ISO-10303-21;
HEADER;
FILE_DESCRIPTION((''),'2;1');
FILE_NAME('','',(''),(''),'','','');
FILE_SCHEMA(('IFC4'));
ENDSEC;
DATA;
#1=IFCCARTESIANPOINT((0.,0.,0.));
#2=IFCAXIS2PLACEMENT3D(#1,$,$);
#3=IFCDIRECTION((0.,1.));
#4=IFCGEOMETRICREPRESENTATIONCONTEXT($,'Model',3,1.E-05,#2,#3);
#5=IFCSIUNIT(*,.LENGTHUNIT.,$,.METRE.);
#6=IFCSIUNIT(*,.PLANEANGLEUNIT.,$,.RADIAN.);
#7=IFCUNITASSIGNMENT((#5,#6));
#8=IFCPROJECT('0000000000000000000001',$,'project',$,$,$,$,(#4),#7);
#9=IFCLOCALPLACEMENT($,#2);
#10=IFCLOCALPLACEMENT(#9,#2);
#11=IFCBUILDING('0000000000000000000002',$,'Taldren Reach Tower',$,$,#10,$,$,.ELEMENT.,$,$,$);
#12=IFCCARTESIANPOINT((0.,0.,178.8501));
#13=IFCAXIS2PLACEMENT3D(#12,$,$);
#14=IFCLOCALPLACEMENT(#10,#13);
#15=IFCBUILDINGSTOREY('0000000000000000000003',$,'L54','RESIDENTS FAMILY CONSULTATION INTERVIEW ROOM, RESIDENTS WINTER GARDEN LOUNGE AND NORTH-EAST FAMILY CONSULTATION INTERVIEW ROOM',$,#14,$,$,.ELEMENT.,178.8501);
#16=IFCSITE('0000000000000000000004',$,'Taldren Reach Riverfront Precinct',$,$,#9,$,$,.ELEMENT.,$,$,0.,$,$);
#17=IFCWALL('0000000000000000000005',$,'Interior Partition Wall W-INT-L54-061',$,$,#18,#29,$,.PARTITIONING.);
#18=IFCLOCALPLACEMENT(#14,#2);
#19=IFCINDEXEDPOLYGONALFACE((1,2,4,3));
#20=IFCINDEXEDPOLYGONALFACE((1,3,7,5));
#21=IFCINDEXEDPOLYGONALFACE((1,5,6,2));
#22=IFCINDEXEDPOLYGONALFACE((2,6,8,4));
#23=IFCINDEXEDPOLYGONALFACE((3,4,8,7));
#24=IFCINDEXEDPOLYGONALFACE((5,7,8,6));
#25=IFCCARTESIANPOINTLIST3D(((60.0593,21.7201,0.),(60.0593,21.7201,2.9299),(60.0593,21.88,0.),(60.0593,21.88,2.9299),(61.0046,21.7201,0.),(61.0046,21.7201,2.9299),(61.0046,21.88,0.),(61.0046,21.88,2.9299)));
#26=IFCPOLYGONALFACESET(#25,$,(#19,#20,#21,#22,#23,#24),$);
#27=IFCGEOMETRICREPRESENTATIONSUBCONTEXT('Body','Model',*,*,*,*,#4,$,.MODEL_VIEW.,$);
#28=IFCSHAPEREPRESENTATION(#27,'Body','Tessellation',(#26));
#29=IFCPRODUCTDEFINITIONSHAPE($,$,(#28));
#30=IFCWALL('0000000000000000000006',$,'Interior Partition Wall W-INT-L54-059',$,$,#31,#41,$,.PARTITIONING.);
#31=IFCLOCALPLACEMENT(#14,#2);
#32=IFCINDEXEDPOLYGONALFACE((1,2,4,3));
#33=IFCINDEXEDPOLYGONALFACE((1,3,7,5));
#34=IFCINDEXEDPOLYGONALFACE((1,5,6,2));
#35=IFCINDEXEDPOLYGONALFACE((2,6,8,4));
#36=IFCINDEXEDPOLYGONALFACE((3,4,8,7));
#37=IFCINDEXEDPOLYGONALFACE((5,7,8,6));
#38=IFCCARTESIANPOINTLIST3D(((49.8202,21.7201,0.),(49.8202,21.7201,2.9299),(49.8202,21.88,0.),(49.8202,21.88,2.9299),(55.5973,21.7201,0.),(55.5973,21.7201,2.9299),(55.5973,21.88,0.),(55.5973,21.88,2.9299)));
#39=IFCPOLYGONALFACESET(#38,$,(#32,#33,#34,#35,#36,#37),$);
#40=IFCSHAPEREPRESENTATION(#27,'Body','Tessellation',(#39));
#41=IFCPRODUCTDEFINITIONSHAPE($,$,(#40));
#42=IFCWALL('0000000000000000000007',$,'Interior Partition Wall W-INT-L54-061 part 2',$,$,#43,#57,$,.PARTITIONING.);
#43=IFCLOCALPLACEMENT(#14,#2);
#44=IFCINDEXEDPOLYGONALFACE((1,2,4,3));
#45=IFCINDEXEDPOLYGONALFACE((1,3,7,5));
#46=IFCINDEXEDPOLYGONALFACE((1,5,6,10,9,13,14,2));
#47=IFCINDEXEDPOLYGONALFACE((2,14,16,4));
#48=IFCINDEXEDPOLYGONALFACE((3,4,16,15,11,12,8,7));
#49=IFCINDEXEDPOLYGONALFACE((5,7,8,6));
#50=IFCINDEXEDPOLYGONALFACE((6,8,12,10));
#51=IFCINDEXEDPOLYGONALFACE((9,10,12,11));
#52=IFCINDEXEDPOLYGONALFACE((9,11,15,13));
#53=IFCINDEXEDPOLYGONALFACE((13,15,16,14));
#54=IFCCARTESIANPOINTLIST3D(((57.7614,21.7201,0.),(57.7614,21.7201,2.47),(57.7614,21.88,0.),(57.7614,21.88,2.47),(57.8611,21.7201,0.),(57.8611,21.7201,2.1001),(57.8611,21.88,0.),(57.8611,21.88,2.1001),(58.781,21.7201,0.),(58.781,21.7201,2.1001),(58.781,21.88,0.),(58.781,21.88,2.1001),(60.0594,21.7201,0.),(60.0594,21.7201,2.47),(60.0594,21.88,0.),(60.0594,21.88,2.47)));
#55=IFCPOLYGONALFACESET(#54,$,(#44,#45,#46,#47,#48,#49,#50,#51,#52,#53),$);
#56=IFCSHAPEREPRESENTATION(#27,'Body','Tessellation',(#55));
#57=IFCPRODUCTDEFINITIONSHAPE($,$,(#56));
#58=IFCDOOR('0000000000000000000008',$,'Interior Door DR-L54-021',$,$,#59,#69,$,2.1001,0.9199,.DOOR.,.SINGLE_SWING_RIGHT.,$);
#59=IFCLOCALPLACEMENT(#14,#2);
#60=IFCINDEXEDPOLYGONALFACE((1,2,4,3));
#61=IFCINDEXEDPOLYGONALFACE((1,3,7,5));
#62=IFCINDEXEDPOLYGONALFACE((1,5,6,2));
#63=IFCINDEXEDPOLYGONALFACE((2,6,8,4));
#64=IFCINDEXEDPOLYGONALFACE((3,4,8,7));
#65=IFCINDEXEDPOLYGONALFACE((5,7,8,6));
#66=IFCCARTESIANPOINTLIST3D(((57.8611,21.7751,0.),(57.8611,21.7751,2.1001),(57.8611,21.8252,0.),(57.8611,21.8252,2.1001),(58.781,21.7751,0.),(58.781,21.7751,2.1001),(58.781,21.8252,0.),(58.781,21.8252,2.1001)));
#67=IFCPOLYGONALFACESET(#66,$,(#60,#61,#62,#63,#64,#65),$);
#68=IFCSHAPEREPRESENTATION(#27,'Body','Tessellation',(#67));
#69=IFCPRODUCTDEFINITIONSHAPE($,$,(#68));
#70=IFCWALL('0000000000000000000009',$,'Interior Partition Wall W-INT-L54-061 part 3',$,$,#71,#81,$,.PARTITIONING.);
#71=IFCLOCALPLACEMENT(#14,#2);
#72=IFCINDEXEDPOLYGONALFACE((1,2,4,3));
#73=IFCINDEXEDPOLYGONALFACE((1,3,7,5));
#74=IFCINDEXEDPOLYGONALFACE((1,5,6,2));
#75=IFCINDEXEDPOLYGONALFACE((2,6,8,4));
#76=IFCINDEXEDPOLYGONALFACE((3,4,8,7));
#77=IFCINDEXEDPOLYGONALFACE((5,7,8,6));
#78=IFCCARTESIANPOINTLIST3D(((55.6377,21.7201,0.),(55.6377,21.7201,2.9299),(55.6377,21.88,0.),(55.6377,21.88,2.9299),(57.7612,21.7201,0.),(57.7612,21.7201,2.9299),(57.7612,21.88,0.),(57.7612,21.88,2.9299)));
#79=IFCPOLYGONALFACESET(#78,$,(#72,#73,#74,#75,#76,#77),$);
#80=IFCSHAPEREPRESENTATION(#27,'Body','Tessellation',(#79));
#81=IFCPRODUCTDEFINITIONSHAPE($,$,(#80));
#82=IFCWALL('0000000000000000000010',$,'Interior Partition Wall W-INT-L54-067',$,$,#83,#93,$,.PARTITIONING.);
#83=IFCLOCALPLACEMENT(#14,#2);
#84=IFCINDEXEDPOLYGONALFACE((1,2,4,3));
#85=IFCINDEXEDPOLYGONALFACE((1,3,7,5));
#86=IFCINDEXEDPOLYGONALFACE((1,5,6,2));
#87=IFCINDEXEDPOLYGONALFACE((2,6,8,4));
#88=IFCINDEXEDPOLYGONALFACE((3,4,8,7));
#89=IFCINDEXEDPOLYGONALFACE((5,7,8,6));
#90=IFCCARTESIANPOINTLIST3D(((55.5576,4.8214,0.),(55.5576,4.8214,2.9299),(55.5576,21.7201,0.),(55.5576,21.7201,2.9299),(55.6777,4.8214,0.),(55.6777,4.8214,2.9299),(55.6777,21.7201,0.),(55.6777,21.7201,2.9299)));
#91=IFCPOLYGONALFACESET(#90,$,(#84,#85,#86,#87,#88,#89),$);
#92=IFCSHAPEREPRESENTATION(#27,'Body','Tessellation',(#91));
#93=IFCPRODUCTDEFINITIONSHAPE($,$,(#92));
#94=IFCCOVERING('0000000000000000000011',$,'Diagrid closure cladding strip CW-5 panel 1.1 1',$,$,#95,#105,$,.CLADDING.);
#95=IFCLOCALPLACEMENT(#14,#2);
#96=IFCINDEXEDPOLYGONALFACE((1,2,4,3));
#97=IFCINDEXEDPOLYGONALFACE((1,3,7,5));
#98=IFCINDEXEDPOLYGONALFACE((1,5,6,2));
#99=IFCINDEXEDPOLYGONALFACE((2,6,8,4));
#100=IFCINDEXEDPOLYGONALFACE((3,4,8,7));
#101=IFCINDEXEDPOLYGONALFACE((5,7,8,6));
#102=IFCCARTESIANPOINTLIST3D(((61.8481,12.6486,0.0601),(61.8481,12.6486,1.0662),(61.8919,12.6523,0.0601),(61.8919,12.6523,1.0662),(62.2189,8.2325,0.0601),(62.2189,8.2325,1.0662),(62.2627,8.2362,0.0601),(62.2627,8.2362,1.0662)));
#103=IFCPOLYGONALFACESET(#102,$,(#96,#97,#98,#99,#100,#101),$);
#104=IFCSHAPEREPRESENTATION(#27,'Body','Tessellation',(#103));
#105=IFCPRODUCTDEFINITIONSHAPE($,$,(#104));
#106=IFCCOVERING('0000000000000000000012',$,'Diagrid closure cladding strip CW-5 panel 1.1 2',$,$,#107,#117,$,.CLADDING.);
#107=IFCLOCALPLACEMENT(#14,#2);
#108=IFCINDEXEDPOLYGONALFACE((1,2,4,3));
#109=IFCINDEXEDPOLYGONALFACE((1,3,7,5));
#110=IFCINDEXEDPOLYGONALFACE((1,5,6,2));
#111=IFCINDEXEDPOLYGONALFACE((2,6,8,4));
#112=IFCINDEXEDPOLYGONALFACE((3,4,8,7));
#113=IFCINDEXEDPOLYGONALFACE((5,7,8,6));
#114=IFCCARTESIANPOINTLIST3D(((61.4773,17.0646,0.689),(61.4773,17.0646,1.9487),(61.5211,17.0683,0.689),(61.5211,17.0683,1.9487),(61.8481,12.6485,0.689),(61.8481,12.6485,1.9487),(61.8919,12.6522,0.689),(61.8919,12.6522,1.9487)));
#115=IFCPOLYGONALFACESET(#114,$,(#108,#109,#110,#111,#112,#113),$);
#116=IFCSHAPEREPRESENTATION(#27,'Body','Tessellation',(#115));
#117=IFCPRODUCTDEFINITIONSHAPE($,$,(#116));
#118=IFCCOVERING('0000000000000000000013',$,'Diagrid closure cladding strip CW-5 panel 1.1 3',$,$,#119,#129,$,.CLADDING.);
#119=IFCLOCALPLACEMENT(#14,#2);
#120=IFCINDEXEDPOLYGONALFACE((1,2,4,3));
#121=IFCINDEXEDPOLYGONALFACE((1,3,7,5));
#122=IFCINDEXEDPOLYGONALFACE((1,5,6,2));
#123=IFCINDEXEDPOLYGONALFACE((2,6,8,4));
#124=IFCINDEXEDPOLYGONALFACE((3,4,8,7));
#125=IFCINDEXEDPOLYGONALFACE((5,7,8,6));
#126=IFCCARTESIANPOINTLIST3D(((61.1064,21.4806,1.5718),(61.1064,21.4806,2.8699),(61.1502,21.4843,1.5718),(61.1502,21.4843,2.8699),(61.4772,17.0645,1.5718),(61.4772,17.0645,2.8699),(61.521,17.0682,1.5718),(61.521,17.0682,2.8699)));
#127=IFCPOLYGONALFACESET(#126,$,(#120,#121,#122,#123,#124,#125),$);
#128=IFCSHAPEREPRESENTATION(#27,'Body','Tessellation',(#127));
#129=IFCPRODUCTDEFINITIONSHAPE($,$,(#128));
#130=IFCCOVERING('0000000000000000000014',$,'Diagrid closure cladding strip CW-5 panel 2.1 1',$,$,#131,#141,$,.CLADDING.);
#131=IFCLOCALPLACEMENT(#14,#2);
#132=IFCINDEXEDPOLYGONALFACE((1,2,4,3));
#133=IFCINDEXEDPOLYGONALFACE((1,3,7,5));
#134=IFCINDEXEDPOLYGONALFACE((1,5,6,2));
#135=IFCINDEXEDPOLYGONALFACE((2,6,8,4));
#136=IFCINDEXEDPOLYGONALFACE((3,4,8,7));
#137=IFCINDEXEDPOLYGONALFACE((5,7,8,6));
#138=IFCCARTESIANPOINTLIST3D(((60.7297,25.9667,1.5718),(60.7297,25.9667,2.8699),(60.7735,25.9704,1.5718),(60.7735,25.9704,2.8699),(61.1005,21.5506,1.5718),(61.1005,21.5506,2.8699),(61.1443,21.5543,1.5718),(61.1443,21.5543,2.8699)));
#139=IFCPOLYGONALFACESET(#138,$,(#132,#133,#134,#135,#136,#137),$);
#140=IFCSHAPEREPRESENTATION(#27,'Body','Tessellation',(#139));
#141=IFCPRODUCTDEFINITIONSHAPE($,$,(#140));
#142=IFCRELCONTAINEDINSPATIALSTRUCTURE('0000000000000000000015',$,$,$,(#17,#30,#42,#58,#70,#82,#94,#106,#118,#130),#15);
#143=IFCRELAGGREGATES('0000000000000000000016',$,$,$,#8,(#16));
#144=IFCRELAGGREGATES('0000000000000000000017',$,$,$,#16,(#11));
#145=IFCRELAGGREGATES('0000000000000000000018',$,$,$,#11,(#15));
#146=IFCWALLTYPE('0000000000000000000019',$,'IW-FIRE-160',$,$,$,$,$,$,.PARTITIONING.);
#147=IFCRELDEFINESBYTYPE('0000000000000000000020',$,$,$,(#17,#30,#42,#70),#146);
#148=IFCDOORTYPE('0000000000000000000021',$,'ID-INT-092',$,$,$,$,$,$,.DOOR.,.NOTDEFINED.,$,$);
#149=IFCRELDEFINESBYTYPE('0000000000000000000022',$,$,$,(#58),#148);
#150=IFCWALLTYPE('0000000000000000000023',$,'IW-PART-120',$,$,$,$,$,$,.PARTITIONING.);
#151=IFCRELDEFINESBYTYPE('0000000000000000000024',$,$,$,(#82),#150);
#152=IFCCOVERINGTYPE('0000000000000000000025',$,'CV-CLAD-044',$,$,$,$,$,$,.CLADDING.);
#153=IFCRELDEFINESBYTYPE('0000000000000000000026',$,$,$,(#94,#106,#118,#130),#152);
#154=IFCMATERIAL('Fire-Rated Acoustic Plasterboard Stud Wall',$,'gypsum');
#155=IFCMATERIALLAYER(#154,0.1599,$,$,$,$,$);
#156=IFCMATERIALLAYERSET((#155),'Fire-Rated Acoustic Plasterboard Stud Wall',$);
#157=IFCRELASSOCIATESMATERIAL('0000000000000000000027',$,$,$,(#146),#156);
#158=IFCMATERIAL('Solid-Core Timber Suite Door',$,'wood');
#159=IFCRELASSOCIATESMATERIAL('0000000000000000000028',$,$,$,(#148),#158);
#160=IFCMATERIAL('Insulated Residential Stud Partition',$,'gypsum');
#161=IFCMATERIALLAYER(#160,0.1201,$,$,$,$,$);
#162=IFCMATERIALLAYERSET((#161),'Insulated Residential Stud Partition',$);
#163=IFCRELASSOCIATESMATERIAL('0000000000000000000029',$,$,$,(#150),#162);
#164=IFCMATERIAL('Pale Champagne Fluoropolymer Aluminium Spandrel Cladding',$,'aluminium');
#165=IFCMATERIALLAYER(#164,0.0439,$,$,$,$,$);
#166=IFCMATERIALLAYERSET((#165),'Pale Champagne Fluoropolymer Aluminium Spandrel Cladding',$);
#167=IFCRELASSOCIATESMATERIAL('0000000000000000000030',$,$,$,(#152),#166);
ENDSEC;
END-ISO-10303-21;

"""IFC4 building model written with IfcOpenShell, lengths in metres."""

from ifc_helpers import new_model, si_unit, direction, frame, frame_2d, origin, origin_2d, place, context, subcontext, project, spatial, rectangle, extrude, source, transform, mapped, material, layer, layer_set, type_object, element, fill, save


model = new_model("IFC4")

# Units and contexts
model_context = context("Model", 3, precision=1e-05, world=origin(), true_north=direction((0.0, 1.0)))
body_context = subcontext(model_context, "Body", "Model", "MODEL_VIEW")
ifc_project = project(units=[si_unit("LENGTHUNIT", "METRE"), si_unit("PLANEANGLEUNIT", "RADIAN")], contexts=[model_context])

# Site, building, storey
site_placement = place(None, origin())
site = spatial("IfcSite", under=ifc_project, at=site_placement, Name="Taldren Reach Riverfront Precinct", CompositionType="ELEMENT", RefElevation=0.0)
building_placement = place(site_placement, origin())
building = spatial("IfcBuilding", under=site, at=building_placement, Name="Taldren Reach Tower", CompositionType="ELEMENT")
storey_placement = place(building_placement, frame((0.0, 0.0, 178.8501)))
storey = spatial("IfcBuildingStorey", under=building, at=storey_placement, Name="L54", Description="RESIDENTS FAMILY CONSULTATION INTERVIEW ROOM, RESIDENTS WINTER GARDEN LOUNGE AND NORTH-EAST FAMILY CONSULTATION INTERVIEW ROOM", CompositionType="ELEMENT", Elevation=178.8501)

# Walls
ifc_material_1 = material(Name="Fire-Rated Acoustic Plasterboard Stud Wall", Category="gypsum")
ifc_layer_1 = layer(ifc_material_1, 0.1599)
ifc_layer_set_1 = layer_set([ifc_layer_1], Name="Fire-Rated Acoustic Plasterboard Stud Wall")
wall_type_1 = type_object("IfcWallType", Name="IW-FIRE-160", PredefinedType="PARTITIONING", material=ifc_layer_set_1)
shared_shape_1 = source(origin(), body_context, "Body", "SweptSolid", [
    extrude(rectangle(XDim=0.9453, YDim=0.1599, at=frame_2d((0.4727, 0.0))), origin(), (0.0, 0.0, 1.0), 2.9299),
])
wall_1_placement = place(storey_placement, frame((61.0046, 21.8, 0.0), z_axis=(0.0, 0.0, 1.0), x_axis=(-1.0, 0.0, 0.0)))
element("IfcWall", 1, at=wall_1_placement, inside=storey, type_object=wall_type_1, Name="Interior Partition Wall W-INT-L54-061", PredefinedType="PARTITIONING", context=body_context, shape_type="MappedRepresentation", body=[
    mapped(shared_shape_1, transform((0.0, 0.0, 0.0), scale=1.0)),
])
shared_shape_2 = source(origin(), body_context, "Body", "SweptSolid", [
    extrude(rectangle(XDim=5.7771, YDim=0.1599, at=frame_2d((2.8887, 0.0))), origin(), (0.0, 0.0, 1.0), 2.9299),
])
wall_2_placement = place(storey_placement, frame((55.5974, 21.8, 0.0), z_axis=(0.0, 0.0, 1.0), x_axis=(-1.0, 0.0, 0.0)))
element("IfcWall", 2, at=wall_2_placement, inside=storey, type_object=wall_type_1, Name="Interior Partition Wall W-INT-L54-059", PredefinedType="PARTITIONING", context=body_context, shape_type="MappedRepresentation", body=[
    mapped(shared_shape_2, transform((0.0, 0.0, 0.0), scale=1.0)),
])

# Wall, opening, door
shared_shape_3 = source(origin(), body_context, "Body", "SweptSolid", [
    extrude(rectangle(XDim=2.2981, YDim=0.1599, at=frame_2d((1.1489, 0.0))), origin(), (0.0, 0.0, 1.0), 2.47),
])
wall_3_placement = place(storey_placement, frame((60.0593, 21.8, 0.0), z_axis=(0.0, 0.0, 1.0), x_axis=(-1.0, 0.0, 0.0)))
wall_3 = element("IfcWall", 3, at=wall_3_placement, inside=storey, type_object=wall_type_1, Name="Interior Partition Wall W-INT-L54-061 part 2", PredefinedType="PARTITIONING", context=body_context, shape_type="MappedRepresentation", body=[
    mapped(shared_shape_3, transform((0.0, 0.0, 0.0), scale=1.0)),
])
shared_shape_4 = source(origin(), body_context, "Body", "SweptSolid", [
    extrude(rectangle(XDim=0.9199, YDim=2.1001, at=frame_2d((0.46, 1.05))), frame((0.0, 0.0898, 0.0), z_axis=(0.0, -1.0, 0.0), x_axis=(1.0, 0.0, 0.0)), (0.0, 0.0, 1.0), 0.1799),
])
opening_placement = place(wall_3_placement, frame((1.2783, 0.0, 0.0)))
opening = element("IfcOpeningElement", 4, at=opening_placement, cuts=wall_3, PredefinedType="OPENING", context=body_context, shape_type="MappedRepresentation", body=[
    mapped(shared_shape_4, transform((0.0, 0.0, 0.0), scale=1.0)),
])
ifc_material_2 = material(Name="Solid-Core Timber Suite Door", Category="wood")
door_type = type_object("IfcDoorType", Name="ID-INT-092", OperationType="NOTDEFINED", PredefinedType="DOOR", material=ifc_material_2)
shared_shape_5 = source(origin(), body_context, "Body", "SweptSolid", [
    extrude(rectangle(XDim=0.9199, YDim=2.1001, at=frame_2d((0.46, 1.05))), frame((0.0, 0.0249, 0.0), z_axis=(0.0, -1.0, 0.0), x_axis=(1.0, 0.0, 0.0)), (0.0, 0.0, 1.0), 0.05),
])
door_placement = place(opening_placement, origin())
door = element("IfcDoor", 5, at=door_placement, inside=storey, type_object=door_type, Name="Interior Door DR-L54-021", OperationType="SINGLE_SWING_RIGHT", OverallHeight=2.1001, OverallWidth=0.9199, PredefinedType="DOOR", context=body_context, shape_type="MappedRepresentation", body=[
    mapped(shared_shape_5, transform((0.0, 0.0, 0.0), scale=1.0)),
])
fill(opening, door)

# Walls
shared_shape_6 = source(origin(), body_context, "Body", "SweptSolid", [
    extrude(rectangle(XDim=2.1235, YDim=0.1599, at=frame_2d((1.0618, 0.0))), origin(), (0.0, 0.0, 1.0), 2.9299),
])
wall_4_placement = place(storey_placement, frame((57.7612, 21.8, 0.0), z_axis=(0.0, 0.0, 1.0), x_axis=(-1.0, 0.0, 0.0)))
element("IfcWall", 6, at=wall_4_placement, inside=storey, type_object=wall_type_1, Name="Interior Partition Wall W-INT-L54-061 part 3", PredefinedType="PARTITIONING", context=body_context, shape_type="MappedRepresentation", body=[
    mapped(shared_shape_6, transform((0.0, 0.0, 0.0), scale=1.0)),
])
ifc_material_3 = material(Name="Insulated Residential Stud Partition", Category="gypsum")
ifc_layer_2 = layer(ifc_material_3, 0.1201)
ifc_layer_set_2 = layer_set([ifc_layer_2], Name="Insulated Residential Stud Partition")
wall_type_2 = type_object("IfcWallType", Name="IW-PART-120", PredefinedType="PARTITIONING", material=ifc_layer_set_2)
shared_shape_7 = source(origin(), body_context, "Body", "SweptSolid", [
    extrude(rectangle(XDim=16.8987, YDim=0.1201, at=frame_2d((8.4492, 0.0))), origin(), (0.0, 0.0, 1.0), 2.9299),
])
wall_5_placement = place(storey_placement, frame((55.6177, 21.72, 0.0), z_axis=(0.0, 0.0, 1.0), x_axis=(0.0, -1.0, 0.0)))
element("IfcWall", 7, at=wall_5_placement, inside=storey, type_object=wall_type_2, Name="Interior Partition Wall W-INT-L54-067", PredefinedType="PARTITIONING", context=body_context, shape_type="MappedRepresentation", body=[
    mapped(shared_shape_7, transform((0.0, 0.0, 0.0), scale=1.0)),
])

# Coverings
ifc_material_4 = material(Name="Pale Champagne Fluoropolymer Aluminium Spandrel Cladding", Category="aluminium")
ifc_layer_3 = layer(ifc_material_4, 0.0439)
ifc_layer_set_3 = layer_set([ifc_layer_3], Name="Pale Champagne Fluoropolymer Aluminium Spandrel Cladding")
covering_type = type_object("IfcCoveringType", Name="CV-CLAD-044", PredefinedType="CLADDING", material=ifc_layer_set_3)
shared_shape_8 = source(origin(), body_context, "Body", "SweptSolid", [
    extrude(rectangle(XDim=4.4316, YDim=0.0439, at=origin_2d()), origin(), (0.0, 0.0, 1.0), 1.0061),
])
covering_1_placement = place(storey_placement, frame((62.0554, 10.4424, 0.0601), z_axis=(0.0, 0.0, 1.0), x_axis=(-0.083678, 0.996493, 0.0)))
element("IfcCovering", 8, at=covering_1_placement, inside=storey, type_object=covering_type, Name="Diagrid closure cladding strip CW-5 panel 1.1 1", PredefinedType="CLADDING", context=body_context, shape_type="MappedRepresentation", body=[
    mapped(shared_shape_8, transform((0.0, 0.0, 0.0), scale=1.0)),
])
shared_shape_9 = source(origin(), body_context, "Body", "SweptSolid", [
    extrude(rectangle(XDim=4.4316, YDim=0.0439, at=origin_2d()), origin(), (0.0, 0.0, 1.0), 1.2598),
])
covering_2_placement = place(storey_placement, frame((61.6846, 14.8584, 0.689), z_axis=(0.0, 0.0, 1.0), x_axis=(-0.083678, 0.996493, 0.0)))
element("IfcCovering", 9, at=covering_2_placement, inside=storey, type_object=covering_type, Name="Diagrid closure cladding strip CW-5 panel 1.1 2", PredefinedType="CLADDING", context=body_context, shape_type="MappedRepresentation", body=[
    mapped(shared_shape_9, transform((0.0, 0.0, 0.0), scale=1.0)),
])
shared_shape_10 = source(origin(), body_context, "Body", "SweptSolid", [
    extrude(rectangle(XDim=4.4316, YDim=0.0439, at=origin_2d()), origin(), (0.0, 0.0, 1.0), 1.2981),
])
for number, where, z_axis, x_axis, name in (
    (10, (61.3137, 19.2744, 1.5718), (0.0, 0.0, 1.0), (-0.083678, 0.996493, 0.0), "Diagrid closure cladding strip CW-5 panel 1.1 3"),
    (11, (60.937, 23.7605, 1.5718), (0.0, 0.0, 1.0), (-0.083678, 0.996493, 0.0), "Diagrid closure cladding strip CW-5 panel 2.1 1"),
):
    element("IfcCovering", number, at=place(storey_placement, frame(where, z_axis=z_axis, x_axis=x_axis)), inside=storey, type_object=covering_type, Name=name, PredefinedType="CLADDING", context=body_context, shape_type="MappedRepresentation", body=[
        mapped(shared_shape_10, transform((0.0, 0.0, 0.0), scale=1.0)),
    ])

save(model, "model.ifc")
